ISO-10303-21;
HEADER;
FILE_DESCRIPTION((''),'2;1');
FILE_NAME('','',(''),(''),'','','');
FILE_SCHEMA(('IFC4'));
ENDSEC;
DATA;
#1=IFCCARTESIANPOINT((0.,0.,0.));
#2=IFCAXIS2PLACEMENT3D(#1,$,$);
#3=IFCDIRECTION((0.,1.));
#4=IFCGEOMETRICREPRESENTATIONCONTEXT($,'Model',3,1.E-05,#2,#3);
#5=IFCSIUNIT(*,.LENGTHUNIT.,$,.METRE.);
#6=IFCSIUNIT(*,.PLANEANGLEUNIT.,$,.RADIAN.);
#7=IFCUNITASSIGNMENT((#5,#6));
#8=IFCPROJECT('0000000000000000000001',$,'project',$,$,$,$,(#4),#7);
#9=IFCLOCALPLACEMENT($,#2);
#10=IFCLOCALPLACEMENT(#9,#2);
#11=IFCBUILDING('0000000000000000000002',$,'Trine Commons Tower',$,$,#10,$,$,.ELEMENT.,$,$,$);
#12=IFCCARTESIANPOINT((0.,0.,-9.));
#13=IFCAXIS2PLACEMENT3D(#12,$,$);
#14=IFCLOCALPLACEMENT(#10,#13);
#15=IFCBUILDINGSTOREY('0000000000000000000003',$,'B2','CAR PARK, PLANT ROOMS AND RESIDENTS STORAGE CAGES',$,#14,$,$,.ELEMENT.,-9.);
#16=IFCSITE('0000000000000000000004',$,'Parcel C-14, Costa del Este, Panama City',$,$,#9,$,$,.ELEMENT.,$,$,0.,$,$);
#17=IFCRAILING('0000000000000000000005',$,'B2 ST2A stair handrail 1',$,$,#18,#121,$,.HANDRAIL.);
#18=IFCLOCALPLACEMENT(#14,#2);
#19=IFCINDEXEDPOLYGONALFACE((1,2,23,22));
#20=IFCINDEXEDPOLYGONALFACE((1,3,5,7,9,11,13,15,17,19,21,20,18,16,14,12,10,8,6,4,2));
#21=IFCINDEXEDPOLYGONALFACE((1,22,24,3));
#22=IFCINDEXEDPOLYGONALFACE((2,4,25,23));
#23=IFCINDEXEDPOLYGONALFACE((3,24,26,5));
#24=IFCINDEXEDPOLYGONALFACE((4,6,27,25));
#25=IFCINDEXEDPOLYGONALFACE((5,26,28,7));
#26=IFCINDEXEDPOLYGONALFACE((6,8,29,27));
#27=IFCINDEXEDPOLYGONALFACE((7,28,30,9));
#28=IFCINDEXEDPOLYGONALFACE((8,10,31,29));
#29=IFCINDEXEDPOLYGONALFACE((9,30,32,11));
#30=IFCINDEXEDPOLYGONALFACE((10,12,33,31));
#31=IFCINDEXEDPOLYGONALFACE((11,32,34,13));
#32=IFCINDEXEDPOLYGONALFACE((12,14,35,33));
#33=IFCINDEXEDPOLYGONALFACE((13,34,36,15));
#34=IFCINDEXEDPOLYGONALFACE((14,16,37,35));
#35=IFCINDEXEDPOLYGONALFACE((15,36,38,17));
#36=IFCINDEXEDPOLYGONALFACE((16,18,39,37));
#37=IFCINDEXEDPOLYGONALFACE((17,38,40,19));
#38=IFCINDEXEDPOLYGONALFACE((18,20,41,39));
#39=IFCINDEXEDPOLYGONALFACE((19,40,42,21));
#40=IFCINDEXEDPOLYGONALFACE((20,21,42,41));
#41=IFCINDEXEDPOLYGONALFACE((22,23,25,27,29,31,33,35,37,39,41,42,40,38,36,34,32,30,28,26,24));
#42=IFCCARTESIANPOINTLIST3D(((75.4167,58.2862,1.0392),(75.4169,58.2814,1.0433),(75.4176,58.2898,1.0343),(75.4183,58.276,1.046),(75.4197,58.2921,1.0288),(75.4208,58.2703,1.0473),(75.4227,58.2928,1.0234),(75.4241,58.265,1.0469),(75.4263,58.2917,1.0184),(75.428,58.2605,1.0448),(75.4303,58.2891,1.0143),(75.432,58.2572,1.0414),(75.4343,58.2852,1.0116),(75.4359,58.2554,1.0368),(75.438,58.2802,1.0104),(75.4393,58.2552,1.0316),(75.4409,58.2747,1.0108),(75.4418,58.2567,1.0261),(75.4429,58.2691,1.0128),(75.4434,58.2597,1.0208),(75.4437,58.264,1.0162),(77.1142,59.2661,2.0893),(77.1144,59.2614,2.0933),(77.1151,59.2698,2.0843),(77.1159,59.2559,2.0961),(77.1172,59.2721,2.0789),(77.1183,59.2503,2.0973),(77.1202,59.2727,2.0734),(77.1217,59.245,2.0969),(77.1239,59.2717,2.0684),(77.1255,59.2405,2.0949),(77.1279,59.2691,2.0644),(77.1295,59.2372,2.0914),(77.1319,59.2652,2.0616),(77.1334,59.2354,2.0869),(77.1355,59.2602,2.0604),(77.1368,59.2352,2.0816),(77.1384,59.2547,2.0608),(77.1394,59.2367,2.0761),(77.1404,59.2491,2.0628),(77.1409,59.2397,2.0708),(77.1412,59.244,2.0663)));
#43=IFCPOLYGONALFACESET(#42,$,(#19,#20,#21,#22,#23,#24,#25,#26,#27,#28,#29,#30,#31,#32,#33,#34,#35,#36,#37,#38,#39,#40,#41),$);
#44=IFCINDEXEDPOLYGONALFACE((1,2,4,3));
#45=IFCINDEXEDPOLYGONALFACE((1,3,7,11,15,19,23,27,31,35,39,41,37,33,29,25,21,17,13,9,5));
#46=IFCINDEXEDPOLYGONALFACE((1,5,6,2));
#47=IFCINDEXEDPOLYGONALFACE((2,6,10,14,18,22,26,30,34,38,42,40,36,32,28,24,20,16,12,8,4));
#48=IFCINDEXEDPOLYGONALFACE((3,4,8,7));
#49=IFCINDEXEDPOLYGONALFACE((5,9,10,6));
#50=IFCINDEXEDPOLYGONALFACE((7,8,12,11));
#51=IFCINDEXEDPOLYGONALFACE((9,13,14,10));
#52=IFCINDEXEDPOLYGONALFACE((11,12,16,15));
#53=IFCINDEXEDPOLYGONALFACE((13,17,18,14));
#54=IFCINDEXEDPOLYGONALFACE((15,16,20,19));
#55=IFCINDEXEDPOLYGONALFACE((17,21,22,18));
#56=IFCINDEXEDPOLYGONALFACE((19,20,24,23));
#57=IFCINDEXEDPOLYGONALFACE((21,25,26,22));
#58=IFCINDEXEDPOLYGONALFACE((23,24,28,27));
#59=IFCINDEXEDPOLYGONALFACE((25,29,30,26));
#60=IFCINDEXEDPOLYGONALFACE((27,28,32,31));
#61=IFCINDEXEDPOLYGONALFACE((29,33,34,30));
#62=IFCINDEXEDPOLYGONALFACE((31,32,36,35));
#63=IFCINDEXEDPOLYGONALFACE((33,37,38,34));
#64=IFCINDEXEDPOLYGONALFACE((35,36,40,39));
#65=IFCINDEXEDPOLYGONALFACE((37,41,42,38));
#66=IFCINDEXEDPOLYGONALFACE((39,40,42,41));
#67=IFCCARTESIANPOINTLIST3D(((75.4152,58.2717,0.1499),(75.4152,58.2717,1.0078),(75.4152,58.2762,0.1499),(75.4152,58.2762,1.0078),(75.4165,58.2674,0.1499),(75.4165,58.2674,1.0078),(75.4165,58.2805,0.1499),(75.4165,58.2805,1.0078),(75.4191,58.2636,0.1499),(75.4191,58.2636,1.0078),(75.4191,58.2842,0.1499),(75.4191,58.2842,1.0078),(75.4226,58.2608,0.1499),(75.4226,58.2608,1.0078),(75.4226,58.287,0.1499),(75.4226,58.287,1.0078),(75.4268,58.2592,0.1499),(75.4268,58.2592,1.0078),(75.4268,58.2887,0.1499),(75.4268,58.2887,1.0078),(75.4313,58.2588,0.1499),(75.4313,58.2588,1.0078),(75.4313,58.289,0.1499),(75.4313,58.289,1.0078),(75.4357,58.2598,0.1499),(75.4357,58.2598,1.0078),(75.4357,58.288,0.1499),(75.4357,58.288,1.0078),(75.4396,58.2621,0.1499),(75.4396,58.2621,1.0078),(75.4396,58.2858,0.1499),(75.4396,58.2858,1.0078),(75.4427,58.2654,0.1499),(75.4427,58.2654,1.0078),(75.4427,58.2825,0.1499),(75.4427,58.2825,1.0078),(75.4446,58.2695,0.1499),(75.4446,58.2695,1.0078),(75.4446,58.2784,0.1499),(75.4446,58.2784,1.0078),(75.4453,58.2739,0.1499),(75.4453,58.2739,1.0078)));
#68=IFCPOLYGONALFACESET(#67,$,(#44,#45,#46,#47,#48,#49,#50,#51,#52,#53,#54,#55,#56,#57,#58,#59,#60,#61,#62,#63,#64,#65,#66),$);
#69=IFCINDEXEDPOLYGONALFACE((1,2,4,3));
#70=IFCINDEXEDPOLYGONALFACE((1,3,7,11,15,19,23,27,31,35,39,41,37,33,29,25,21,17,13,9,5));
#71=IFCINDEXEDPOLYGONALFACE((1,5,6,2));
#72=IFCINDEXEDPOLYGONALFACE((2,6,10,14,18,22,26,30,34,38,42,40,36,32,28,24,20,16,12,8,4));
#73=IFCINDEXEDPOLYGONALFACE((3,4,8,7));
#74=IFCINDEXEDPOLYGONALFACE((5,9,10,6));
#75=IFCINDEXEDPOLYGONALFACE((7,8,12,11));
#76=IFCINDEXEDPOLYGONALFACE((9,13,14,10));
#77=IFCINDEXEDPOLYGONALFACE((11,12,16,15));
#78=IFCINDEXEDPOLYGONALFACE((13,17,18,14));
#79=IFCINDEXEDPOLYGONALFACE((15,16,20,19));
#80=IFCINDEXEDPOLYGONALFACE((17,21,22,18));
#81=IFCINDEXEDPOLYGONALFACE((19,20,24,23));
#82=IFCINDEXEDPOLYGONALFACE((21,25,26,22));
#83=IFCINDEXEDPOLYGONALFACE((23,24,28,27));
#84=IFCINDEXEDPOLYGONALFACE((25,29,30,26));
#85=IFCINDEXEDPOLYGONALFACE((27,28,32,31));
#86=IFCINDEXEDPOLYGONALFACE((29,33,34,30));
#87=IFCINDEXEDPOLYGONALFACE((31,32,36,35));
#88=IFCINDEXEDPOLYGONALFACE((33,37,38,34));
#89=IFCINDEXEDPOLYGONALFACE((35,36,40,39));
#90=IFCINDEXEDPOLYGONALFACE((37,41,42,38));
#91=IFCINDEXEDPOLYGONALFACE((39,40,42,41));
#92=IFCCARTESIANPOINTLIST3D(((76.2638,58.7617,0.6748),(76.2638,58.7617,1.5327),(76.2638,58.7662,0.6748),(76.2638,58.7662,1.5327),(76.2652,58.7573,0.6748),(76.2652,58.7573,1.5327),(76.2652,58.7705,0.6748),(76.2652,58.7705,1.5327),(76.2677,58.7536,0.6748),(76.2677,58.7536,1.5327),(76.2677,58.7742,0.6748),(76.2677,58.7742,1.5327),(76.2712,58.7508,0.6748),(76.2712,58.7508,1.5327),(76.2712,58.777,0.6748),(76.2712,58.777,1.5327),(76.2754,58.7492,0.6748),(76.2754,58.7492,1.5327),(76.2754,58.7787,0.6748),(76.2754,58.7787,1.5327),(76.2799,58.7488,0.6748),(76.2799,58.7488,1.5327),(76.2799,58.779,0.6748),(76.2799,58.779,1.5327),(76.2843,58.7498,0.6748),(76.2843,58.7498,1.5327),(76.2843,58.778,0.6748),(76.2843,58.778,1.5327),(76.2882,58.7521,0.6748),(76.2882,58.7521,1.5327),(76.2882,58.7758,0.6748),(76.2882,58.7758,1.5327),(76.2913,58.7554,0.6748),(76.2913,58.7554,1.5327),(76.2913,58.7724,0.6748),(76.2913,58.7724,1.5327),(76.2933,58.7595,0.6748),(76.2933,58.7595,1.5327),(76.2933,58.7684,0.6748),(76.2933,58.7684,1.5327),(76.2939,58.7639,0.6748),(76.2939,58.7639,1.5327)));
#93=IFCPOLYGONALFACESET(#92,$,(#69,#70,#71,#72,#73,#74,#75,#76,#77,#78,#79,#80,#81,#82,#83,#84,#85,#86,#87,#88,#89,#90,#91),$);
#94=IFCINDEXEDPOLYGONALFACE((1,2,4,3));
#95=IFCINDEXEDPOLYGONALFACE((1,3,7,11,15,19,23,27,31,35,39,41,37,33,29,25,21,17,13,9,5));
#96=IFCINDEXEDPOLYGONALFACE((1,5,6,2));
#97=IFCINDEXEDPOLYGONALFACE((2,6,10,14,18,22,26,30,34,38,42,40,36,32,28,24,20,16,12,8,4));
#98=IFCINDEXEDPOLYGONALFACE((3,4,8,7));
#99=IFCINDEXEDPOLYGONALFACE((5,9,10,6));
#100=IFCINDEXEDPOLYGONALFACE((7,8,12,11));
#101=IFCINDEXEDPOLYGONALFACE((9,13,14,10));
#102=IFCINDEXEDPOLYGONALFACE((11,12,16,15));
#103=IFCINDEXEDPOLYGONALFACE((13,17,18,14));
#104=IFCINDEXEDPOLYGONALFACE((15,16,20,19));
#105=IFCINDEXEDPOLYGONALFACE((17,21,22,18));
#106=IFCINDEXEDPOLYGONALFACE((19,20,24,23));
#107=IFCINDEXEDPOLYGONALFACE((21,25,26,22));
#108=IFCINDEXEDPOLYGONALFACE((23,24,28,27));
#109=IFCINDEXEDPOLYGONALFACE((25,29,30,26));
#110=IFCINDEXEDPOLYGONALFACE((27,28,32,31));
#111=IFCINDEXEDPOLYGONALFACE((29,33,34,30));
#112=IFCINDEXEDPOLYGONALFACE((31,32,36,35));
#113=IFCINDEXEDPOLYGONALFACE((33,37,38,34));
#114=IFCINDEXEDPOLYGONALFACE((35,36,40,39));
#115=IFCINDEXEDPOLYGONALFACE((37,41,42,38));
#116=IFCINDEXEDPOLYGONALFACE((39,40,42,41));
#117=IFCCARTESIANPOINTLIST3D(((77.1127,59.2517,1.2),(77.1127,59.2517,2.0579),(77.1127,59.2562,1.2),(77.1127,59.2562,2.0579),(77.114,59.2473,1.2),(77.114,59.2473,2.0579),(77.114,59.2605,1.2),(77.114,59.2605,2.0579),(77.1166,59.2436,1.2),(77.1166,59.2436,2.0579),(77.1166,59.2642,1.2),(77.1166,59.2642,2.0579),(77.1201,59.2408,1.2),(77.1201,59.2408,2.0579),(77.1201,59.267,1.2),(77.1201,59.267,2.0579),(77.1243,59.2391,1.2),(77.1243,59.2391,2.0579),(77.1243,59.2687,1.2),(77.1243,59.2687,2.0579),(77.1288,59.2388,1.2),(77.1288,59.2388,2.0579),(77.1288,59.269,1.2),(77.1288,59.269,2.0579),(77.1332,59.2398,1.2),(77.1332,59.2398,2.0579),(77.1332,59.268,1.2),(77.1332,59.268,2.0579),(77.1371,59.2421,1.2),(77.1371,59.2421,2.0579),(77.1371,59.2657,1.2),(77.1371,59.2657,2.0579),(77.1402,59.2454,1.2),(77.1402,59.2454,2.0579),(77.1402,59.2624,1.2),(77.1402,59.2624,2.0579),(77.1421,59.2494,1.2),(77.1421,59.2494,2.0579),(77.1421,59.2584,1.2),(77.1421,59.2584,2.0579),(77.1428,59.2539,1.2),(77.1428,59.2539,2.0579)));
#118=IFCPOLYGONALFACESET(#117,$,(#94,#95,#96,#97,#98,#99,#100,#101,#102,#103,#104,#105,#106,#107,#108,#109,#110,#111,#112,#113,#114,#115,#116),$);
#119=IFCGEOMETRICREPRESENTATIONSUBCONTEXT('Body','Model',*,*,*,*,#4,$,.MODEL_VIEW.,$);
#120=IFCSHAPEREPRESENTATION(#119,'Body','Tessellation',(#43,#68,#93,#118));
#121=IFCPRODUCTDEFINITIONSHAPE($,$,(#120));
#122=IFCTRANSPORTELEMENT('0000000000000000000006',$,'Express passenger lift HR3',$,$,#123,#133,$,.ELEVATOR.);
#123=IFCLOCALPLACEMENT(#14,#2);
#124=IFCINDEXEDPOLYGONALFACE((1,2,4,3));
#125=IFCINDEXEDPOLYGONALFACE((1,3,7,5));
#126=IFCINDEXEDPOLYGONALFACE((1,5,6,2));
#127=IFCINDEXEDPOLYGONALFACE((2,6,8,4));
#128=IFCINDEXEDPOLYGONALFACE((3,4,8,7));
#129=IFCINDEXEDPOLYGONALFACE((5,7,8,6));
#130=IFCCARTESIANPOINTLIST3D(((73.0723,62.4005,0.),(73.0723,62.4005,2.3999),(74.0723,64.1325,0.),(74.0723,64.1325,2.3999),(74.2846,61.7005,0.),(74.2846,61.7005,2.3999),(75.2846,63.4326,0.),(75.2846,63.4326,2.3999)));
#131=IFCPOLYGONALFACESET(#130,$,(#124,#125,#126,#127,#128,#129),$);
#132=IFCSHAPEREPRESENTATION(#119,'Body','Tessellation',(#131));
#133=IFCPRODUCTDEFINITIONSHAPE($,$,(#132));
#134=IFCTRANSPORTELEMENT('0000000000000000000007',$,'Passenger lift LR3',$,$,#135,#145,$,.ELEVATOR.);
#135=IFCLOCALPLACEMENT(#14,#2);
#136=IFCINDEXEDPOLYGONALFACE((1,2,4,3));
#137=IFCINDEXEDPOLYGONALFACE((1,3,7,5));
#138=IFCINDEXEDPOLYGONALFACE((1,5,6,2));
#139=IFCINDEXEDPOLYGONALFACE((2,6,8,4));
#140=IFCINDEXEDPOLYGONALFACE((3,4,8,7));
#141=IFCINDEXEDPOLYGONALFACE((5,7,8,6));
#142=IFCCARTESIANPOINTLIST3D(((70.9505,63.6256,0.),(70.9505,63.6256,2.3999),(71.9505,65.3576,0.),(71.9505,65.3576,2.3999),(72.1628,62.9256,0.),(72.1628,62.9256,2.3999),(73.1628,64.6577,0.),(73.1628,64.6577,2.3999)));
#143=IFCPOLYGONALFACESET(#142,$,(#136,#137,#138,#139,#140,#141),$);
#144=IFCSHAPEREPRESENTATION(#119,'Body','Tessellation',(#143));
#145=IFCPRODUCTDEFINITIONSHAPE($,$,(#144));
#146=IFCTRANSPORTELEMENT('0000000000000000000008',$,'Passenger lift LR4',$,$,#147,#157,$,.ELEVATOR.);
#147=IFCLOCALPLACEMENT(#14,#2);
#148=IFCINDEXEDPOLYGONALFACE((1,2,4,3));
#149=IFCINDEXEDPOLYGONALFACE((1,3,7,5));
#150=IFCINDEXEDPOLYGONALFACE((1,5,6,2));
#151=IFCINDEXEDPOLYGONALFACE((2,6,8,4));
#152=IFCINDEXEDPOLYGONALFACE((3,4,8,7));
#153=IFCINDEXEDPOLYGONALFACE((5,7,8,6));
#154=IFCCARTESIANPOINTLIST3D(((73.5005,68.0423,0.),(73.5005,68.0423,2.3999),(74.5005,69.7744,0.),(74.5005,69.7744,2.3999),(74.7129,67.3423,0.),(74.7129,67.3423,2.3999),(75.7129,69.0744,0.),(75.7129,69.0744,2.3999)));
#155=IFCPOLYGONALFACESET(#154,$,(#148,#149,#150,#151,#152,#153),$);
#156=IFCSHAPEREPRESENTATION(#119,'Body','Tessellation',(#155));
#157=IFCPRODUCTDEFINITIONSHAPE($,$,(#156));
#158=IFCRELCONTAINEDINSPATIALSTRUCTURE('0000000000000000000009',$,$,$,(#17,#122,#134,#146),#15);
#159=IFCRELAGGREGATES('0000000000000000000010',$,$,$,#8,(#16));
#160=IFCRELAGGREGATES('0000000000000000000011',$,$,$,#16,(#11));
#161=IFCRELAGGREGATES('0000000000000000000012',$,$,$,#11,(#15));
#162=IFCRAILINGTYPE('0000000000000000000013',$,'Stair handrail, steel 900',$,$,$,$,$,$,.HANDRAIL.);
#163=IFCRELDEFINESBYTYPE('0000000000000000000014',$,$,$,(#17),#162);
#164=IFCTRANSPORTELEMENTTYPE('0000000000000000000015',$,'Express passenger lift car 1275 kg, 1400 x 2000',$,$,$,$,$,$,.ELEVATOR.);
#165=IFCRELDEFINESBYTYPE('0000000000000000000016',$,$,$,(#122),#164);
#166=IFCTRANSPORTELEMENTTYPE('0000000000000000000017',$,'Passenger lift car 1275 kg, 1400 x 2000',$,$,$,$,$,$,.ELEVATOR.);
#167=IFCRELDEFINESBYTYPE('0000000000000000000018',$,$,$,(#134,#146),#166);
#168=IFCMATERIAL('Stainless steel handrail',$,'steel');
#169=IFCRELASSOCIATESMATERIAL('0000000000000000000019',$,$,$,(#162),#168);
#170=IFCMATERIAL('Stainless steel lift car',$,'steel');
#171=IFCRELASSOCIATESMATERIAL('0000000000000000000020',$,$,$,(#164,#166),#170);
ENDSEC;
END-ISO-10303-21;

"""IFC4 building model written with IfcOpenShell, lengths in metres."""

from ifc_helpers import new_model, si_unit, direction, frame, origin, origin_2d, place, context, subcontext, project, spatial, rectangle, circle, extrude, material, type_object, element, save


model = new_model("IFC4")

# Units and contexts
model_context = context("Model", 3, precision=1e-05, world=origin(), true_north=direction((0.0, 1.0)))
body_context = subcontext(model_context, "Body", "Model", "MODEL_VIEW")
ifc_project = project(units=[si_unit("LENGTHUNIT", "METRE"), si_unit("PLANEANGLEUNIT", "RADIAN")], contexts=[model_context])

# Site, building, storey
site_placement = place(None, origin())
site = spatial("IfcSite", under=ifc_project, at=site_placement, Name="Parcel C-14, Costa del Este, Panama City", CompositionType="ELEMENT", RefElevation=0.0)
building_placement = place(site_placement, origin())
building = spatial("IfcBuilding", under=site, at=building_placement, Name="Trine Commons Tower", CompositionType="ELEMENT")
storey_placement = place(building_placement, frame((0.0, 0.0, -9.0)))
storey = spatial("IfcBuildingStorey", under=building, at=storey_placement, Name="B2", Description="CAR PARK, PLANT ROOMS AND RESIDENTS STORAGE CAGES", CompositionType="ELEMENT", Elevation=-9.0)

# Railing
ifc_material_1 = material(Name="Stainless steel handrail", Category="steel")
railing_type_1 = type_object("IfcRailingType", Name="Stair handrail, steel 900", PredefinedType="HANDRAIL", material=ifc_material_1)
railing_1_placement = place(storey_placement, frame((75.4302, 58.2739, 0.1499)))
element("IfcRailing", 1, at=railing_1_placement, inside=storey, type_object=railing_type_1, Name="B2 ST2A stair handrail 1", PredefinedType="HANDRAIL", context=body_context, shape_type="SweptSolid", body=[
    extrude(circle(Radius=0.021, at=origin_2d()), frame((0.0, 0.0, 0.8789), z_axis=(0.763398, 0.440713, 0.472224), x_axis=(-0.49997, 0.866042, 0.0)), (0.0, 0.0, 1.0), 2.2236),
    extrude(circle(Radius=0.0151, at=origin_2d()), origin(), (0.0, 0.0, 1.0), 0.8579),
    extrude(circle(Radius=0.0151, at=origin_2d()), frame((0.8486, 0.49, 0.5249)), (0.0, 0.0, 1.0), 0.8579),
    extrude(circle(Radius=0.0151, at=origin_2d()), frame((1.6975, 0.98, 1.05)), (0.0, 0.0, 1.0), 0.8579),
])

# Transport elements
ifc_material_2 = material(Name="Stainless steel lift car", Category="steel")
transport_element_type_1 = type_object("IfcTransportElementType", Name="Express passenger lift car 1275 kg, 1400 x 2000", PredefinedType="ELEVATOR", material=ifc_material_2)
transport_element_placement = place(storey_placement, frame((74.1785, 62.9165, 0.0), z_axis=(0.0, 0.0, 1.0), x_axis=(-0.866025, 0.5, 0.0)))
element("IfcTransportElement", 2, at=transport_element_placement, inside=storey, type_object=transport_element_type_1, Name="Express passenger lift HR3", PredefinedType="ELEVATOR", context=body_context, shape_type="SweptSolid", body=[
    extrude(rectangle(XDim=1.3999, YDim=2.0, at=origin_2d()), origin(), (0.0, 0.0, 1.0), 2.3999),
])
transport_element_type_2 = type_object("IfcTransportElementType", Name="Passenger lift car 1275 kg, 1400 x 2000", PredefinedType="ELEVATOR", material=ifc_material_2)
for number, where, z_axis, x_axis, name in (
    (3, (72.0566, 64.1416, 0.0), (0.0, 0.0, 1.0), (-0.866025, 0.5, 0.0), "Passenger lift LR3"),
    (4, (74.6067, 68.5583, 0.0), (0.0, 0.0, 1.0), (-0.866025, 0.5, 0.0), "Passenger lift LR4"),
):
    element("IfcTransportElement", number, at=place(storey_placement, frame(where, z_axis=z_axis, x_axis=x_axis)), inside=storey, type_object=transport_element_type_2, Name=name, PredefinedType="ELEVATOR", context=body_context, shape_type="SweptSolid", body=[
        extrude(rectangle(XDim=1.3999, YDim=2.0, at=origin_2d()), origin(), (0.0, 0.0, 1.0), 2.3999),
    ])

save(model, "model.ifc")
